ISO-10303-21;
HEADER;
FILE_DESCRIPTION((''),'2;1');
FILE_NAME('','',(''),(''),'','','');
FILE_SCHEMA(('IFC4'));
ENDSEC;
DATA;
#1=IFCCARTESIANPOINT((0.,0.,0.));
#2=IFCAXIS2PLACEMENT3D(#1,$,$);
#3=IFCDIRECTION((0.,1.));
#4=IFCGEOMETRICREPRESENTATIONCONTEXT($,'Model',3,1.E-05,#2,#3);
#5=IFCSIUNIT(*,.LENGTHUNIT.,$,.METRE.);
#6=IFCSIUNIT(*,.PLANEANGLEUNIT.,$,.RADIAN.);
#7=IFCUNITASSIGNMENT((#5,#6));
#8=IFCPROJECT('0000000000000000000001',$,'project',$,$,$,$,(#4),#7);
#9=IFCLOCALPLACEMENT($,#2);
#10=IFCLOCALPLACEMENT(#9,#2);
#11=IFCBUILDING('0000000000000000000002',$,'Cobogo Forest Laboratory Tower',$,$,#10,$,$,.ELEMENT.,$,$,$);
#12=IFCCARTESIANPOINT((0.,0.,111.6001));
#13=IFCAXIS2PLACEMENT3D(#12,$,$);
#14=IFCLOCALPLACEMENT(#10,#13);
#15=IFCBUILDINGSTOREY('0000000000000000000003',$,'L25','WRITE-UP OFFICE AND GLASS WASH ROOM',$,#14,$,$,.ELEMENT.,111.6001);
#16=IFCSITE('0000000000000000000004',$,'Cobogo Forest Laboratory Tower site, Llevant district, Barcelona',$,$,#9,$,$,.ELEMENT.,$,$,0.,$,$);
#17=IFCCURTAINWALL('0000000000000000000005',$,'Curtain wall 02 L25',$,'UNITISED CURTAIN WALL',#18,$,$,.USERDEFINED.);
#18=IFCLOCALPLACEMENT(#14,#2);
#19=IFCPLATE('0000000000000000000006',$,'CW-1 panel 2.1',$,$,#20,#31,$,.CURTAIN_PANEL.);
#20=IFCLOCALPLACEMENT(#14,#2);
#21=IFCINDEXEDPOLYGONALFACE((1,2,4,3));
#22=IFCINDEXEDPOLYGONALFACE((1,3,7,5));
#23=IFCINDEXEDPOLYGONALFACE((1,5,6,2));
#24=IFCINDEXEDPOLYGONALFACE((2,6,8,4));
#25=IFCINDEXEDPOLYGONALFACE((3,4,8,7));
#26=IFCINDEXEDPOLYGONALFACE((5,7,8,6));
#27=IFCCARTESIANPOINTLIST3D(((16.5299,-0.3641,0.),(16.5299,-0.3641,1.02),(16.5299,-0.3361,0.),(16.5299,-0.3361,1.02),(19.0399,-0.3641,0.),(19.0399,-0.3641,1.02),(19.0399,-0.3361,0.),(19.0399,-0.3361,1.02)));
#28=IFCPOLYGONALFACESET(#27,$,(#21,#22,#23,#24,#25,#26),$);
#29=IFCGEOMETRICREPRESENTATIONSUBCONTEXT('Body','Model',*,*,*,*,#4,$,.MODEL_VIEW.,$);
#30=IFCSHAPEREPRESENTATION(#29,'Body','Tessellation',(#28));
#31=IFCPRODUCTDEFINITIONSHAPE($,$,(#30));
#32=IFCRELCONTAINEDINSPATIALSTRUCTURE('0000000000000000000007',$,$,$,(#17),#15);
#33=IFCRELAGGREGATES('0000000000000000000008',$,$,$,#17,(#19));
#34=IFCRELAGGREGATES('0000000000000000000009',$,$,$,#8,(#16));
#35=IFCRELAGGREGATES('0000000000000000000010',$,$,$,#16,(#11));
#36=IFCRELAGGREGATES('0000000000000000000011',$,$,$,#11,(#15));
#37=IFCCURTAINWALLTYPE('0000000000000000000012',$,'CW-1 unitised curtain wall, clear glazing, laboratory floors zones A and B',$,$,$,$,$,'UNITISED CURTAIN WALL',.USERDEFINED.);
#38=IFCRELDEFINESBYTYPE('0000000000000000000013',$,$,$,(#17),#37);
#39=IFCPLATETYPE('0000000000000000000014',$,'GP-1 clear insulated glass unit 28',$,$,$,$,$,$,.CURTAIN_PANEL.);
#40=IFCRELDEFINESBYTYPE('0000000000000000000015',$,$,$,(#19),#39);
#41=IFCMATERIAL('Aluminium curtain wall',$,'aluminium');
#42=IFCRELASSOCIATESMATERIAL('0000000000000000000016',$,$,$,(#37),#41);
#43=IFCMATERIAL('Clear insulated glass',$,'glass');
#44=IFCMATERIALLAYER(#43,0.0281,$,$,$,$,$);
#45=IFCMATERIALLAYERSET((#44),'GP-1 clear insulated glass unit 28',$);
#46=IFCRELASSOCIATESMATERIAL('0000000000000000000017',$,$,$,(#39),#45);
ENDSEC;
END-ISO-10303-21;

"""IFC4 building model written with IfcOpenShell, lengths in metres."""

from ifc_helpers import new_model, si_unit, direction, frame, origin, origin_2d, place, context, subcontext, project, spatial, rectangle, extrude, material, layer, layer_set, type_object, element, aggregate, save


model = new_model("IFC4")

# Units and contexts
model_context = context("Model", 3, precision=1e-05, world=origin(), true_north=direction((0.0, 1.0)))
body_context = subcontext(model_context, "Body", "Model", "MODEL_VIEW")
ifc_project = project(units=[si_unit("LENGTHUNIT", "METRE"), si_unit("PLANEANGLEUNIT", "RADIAN")], contexts=[model_context])

# Site, building, storey
site_placement = place(None, origin())
site = spatial("IfcSite", under=ifc_project, at=site_placement, Name="Cobogo Forest Laboratory Tower site, Llevant district, Barcelona", CompositionType="ELEMENT", RefElevation=0.0)
building_placement = place(site_placement, origin())
building = spatial("IfcBuilding", under=site, at=building_placement, Name="Cobogo Forest Laboratory Tower", CompositionType="ELEMENT")
storey_placement = place(building_placement, frame((0.0, 0.0, 111.6001)))
storey = spatial("IfcBuildingStorey", under=building, at=storey_placement, Name="L25", Description="WRITE-UP OFFICE AND GLASS WASH ROOM", CompositionType="ELEMENT", Elevation=111.6001)

# Curtain wall
ifc_material_1 = material(Name="Aluminium curtain wall", Category="aluminium")
curtain_wall_type = type_object("IfcCurtainWallType", Name="CW-1 unitised curtain wall, clear glazing, laboratory floors zones A and B", ElementType="UNITISED CURTAIN WALL", PredefinedType="USERDEFINED", material=ifc_material_1)
curtain_wall_1_placement = place(storey_placement, origin())
curtain_wall_1 = element("IfcCurtainWall", 1, at=curtain_wall_1_placement, inside=storey, type_object=curtain_wall_type, Name="Curtain wall 02 L25", ObjectType="UNITISED CURTAIN WALL", PredefinedType="USERDEFINED")

# Plate
ifc_material_2 = material(Name="Clear insulated glass", Category="glass")
ifc_layer = layer(ifc_material_2, 0.0281)
ifc_layer_set = layer_set([ifc_layer], Name="GP-1 clear insulated glass unit 28")
plate_type_1 = type_object("IfcPlateType", Name="GP-1 clear insulated glass unit 28", PredefinedType="CURTAIN_PANEL", material=ifc_layer_set)
plate_1_placement = place(storey_placement, frame((17.7849, -0.3501, 0.0), z_axis=(0.0, 0.0, 1.0), x_axis=(1.0, 0.0, 0.0)))
plate_1 = element("IfcPlate", 2, at=plate_1_placement, type_object=plate_type_1, Name="CW-1 panel 2.1", PredefinedType="CURTAIN_PANEL", context=body_context, shape_type="SweptSolid", body=[
    extrude(rectangle(XDim=2.51, YDim=0.0281, at=origin_2d()), origin(), (0.0, 0.0, 1.0), 1.02),
])
aggregate(curtain_wall_1, [plate_1])

save(model, "model.ifc")
